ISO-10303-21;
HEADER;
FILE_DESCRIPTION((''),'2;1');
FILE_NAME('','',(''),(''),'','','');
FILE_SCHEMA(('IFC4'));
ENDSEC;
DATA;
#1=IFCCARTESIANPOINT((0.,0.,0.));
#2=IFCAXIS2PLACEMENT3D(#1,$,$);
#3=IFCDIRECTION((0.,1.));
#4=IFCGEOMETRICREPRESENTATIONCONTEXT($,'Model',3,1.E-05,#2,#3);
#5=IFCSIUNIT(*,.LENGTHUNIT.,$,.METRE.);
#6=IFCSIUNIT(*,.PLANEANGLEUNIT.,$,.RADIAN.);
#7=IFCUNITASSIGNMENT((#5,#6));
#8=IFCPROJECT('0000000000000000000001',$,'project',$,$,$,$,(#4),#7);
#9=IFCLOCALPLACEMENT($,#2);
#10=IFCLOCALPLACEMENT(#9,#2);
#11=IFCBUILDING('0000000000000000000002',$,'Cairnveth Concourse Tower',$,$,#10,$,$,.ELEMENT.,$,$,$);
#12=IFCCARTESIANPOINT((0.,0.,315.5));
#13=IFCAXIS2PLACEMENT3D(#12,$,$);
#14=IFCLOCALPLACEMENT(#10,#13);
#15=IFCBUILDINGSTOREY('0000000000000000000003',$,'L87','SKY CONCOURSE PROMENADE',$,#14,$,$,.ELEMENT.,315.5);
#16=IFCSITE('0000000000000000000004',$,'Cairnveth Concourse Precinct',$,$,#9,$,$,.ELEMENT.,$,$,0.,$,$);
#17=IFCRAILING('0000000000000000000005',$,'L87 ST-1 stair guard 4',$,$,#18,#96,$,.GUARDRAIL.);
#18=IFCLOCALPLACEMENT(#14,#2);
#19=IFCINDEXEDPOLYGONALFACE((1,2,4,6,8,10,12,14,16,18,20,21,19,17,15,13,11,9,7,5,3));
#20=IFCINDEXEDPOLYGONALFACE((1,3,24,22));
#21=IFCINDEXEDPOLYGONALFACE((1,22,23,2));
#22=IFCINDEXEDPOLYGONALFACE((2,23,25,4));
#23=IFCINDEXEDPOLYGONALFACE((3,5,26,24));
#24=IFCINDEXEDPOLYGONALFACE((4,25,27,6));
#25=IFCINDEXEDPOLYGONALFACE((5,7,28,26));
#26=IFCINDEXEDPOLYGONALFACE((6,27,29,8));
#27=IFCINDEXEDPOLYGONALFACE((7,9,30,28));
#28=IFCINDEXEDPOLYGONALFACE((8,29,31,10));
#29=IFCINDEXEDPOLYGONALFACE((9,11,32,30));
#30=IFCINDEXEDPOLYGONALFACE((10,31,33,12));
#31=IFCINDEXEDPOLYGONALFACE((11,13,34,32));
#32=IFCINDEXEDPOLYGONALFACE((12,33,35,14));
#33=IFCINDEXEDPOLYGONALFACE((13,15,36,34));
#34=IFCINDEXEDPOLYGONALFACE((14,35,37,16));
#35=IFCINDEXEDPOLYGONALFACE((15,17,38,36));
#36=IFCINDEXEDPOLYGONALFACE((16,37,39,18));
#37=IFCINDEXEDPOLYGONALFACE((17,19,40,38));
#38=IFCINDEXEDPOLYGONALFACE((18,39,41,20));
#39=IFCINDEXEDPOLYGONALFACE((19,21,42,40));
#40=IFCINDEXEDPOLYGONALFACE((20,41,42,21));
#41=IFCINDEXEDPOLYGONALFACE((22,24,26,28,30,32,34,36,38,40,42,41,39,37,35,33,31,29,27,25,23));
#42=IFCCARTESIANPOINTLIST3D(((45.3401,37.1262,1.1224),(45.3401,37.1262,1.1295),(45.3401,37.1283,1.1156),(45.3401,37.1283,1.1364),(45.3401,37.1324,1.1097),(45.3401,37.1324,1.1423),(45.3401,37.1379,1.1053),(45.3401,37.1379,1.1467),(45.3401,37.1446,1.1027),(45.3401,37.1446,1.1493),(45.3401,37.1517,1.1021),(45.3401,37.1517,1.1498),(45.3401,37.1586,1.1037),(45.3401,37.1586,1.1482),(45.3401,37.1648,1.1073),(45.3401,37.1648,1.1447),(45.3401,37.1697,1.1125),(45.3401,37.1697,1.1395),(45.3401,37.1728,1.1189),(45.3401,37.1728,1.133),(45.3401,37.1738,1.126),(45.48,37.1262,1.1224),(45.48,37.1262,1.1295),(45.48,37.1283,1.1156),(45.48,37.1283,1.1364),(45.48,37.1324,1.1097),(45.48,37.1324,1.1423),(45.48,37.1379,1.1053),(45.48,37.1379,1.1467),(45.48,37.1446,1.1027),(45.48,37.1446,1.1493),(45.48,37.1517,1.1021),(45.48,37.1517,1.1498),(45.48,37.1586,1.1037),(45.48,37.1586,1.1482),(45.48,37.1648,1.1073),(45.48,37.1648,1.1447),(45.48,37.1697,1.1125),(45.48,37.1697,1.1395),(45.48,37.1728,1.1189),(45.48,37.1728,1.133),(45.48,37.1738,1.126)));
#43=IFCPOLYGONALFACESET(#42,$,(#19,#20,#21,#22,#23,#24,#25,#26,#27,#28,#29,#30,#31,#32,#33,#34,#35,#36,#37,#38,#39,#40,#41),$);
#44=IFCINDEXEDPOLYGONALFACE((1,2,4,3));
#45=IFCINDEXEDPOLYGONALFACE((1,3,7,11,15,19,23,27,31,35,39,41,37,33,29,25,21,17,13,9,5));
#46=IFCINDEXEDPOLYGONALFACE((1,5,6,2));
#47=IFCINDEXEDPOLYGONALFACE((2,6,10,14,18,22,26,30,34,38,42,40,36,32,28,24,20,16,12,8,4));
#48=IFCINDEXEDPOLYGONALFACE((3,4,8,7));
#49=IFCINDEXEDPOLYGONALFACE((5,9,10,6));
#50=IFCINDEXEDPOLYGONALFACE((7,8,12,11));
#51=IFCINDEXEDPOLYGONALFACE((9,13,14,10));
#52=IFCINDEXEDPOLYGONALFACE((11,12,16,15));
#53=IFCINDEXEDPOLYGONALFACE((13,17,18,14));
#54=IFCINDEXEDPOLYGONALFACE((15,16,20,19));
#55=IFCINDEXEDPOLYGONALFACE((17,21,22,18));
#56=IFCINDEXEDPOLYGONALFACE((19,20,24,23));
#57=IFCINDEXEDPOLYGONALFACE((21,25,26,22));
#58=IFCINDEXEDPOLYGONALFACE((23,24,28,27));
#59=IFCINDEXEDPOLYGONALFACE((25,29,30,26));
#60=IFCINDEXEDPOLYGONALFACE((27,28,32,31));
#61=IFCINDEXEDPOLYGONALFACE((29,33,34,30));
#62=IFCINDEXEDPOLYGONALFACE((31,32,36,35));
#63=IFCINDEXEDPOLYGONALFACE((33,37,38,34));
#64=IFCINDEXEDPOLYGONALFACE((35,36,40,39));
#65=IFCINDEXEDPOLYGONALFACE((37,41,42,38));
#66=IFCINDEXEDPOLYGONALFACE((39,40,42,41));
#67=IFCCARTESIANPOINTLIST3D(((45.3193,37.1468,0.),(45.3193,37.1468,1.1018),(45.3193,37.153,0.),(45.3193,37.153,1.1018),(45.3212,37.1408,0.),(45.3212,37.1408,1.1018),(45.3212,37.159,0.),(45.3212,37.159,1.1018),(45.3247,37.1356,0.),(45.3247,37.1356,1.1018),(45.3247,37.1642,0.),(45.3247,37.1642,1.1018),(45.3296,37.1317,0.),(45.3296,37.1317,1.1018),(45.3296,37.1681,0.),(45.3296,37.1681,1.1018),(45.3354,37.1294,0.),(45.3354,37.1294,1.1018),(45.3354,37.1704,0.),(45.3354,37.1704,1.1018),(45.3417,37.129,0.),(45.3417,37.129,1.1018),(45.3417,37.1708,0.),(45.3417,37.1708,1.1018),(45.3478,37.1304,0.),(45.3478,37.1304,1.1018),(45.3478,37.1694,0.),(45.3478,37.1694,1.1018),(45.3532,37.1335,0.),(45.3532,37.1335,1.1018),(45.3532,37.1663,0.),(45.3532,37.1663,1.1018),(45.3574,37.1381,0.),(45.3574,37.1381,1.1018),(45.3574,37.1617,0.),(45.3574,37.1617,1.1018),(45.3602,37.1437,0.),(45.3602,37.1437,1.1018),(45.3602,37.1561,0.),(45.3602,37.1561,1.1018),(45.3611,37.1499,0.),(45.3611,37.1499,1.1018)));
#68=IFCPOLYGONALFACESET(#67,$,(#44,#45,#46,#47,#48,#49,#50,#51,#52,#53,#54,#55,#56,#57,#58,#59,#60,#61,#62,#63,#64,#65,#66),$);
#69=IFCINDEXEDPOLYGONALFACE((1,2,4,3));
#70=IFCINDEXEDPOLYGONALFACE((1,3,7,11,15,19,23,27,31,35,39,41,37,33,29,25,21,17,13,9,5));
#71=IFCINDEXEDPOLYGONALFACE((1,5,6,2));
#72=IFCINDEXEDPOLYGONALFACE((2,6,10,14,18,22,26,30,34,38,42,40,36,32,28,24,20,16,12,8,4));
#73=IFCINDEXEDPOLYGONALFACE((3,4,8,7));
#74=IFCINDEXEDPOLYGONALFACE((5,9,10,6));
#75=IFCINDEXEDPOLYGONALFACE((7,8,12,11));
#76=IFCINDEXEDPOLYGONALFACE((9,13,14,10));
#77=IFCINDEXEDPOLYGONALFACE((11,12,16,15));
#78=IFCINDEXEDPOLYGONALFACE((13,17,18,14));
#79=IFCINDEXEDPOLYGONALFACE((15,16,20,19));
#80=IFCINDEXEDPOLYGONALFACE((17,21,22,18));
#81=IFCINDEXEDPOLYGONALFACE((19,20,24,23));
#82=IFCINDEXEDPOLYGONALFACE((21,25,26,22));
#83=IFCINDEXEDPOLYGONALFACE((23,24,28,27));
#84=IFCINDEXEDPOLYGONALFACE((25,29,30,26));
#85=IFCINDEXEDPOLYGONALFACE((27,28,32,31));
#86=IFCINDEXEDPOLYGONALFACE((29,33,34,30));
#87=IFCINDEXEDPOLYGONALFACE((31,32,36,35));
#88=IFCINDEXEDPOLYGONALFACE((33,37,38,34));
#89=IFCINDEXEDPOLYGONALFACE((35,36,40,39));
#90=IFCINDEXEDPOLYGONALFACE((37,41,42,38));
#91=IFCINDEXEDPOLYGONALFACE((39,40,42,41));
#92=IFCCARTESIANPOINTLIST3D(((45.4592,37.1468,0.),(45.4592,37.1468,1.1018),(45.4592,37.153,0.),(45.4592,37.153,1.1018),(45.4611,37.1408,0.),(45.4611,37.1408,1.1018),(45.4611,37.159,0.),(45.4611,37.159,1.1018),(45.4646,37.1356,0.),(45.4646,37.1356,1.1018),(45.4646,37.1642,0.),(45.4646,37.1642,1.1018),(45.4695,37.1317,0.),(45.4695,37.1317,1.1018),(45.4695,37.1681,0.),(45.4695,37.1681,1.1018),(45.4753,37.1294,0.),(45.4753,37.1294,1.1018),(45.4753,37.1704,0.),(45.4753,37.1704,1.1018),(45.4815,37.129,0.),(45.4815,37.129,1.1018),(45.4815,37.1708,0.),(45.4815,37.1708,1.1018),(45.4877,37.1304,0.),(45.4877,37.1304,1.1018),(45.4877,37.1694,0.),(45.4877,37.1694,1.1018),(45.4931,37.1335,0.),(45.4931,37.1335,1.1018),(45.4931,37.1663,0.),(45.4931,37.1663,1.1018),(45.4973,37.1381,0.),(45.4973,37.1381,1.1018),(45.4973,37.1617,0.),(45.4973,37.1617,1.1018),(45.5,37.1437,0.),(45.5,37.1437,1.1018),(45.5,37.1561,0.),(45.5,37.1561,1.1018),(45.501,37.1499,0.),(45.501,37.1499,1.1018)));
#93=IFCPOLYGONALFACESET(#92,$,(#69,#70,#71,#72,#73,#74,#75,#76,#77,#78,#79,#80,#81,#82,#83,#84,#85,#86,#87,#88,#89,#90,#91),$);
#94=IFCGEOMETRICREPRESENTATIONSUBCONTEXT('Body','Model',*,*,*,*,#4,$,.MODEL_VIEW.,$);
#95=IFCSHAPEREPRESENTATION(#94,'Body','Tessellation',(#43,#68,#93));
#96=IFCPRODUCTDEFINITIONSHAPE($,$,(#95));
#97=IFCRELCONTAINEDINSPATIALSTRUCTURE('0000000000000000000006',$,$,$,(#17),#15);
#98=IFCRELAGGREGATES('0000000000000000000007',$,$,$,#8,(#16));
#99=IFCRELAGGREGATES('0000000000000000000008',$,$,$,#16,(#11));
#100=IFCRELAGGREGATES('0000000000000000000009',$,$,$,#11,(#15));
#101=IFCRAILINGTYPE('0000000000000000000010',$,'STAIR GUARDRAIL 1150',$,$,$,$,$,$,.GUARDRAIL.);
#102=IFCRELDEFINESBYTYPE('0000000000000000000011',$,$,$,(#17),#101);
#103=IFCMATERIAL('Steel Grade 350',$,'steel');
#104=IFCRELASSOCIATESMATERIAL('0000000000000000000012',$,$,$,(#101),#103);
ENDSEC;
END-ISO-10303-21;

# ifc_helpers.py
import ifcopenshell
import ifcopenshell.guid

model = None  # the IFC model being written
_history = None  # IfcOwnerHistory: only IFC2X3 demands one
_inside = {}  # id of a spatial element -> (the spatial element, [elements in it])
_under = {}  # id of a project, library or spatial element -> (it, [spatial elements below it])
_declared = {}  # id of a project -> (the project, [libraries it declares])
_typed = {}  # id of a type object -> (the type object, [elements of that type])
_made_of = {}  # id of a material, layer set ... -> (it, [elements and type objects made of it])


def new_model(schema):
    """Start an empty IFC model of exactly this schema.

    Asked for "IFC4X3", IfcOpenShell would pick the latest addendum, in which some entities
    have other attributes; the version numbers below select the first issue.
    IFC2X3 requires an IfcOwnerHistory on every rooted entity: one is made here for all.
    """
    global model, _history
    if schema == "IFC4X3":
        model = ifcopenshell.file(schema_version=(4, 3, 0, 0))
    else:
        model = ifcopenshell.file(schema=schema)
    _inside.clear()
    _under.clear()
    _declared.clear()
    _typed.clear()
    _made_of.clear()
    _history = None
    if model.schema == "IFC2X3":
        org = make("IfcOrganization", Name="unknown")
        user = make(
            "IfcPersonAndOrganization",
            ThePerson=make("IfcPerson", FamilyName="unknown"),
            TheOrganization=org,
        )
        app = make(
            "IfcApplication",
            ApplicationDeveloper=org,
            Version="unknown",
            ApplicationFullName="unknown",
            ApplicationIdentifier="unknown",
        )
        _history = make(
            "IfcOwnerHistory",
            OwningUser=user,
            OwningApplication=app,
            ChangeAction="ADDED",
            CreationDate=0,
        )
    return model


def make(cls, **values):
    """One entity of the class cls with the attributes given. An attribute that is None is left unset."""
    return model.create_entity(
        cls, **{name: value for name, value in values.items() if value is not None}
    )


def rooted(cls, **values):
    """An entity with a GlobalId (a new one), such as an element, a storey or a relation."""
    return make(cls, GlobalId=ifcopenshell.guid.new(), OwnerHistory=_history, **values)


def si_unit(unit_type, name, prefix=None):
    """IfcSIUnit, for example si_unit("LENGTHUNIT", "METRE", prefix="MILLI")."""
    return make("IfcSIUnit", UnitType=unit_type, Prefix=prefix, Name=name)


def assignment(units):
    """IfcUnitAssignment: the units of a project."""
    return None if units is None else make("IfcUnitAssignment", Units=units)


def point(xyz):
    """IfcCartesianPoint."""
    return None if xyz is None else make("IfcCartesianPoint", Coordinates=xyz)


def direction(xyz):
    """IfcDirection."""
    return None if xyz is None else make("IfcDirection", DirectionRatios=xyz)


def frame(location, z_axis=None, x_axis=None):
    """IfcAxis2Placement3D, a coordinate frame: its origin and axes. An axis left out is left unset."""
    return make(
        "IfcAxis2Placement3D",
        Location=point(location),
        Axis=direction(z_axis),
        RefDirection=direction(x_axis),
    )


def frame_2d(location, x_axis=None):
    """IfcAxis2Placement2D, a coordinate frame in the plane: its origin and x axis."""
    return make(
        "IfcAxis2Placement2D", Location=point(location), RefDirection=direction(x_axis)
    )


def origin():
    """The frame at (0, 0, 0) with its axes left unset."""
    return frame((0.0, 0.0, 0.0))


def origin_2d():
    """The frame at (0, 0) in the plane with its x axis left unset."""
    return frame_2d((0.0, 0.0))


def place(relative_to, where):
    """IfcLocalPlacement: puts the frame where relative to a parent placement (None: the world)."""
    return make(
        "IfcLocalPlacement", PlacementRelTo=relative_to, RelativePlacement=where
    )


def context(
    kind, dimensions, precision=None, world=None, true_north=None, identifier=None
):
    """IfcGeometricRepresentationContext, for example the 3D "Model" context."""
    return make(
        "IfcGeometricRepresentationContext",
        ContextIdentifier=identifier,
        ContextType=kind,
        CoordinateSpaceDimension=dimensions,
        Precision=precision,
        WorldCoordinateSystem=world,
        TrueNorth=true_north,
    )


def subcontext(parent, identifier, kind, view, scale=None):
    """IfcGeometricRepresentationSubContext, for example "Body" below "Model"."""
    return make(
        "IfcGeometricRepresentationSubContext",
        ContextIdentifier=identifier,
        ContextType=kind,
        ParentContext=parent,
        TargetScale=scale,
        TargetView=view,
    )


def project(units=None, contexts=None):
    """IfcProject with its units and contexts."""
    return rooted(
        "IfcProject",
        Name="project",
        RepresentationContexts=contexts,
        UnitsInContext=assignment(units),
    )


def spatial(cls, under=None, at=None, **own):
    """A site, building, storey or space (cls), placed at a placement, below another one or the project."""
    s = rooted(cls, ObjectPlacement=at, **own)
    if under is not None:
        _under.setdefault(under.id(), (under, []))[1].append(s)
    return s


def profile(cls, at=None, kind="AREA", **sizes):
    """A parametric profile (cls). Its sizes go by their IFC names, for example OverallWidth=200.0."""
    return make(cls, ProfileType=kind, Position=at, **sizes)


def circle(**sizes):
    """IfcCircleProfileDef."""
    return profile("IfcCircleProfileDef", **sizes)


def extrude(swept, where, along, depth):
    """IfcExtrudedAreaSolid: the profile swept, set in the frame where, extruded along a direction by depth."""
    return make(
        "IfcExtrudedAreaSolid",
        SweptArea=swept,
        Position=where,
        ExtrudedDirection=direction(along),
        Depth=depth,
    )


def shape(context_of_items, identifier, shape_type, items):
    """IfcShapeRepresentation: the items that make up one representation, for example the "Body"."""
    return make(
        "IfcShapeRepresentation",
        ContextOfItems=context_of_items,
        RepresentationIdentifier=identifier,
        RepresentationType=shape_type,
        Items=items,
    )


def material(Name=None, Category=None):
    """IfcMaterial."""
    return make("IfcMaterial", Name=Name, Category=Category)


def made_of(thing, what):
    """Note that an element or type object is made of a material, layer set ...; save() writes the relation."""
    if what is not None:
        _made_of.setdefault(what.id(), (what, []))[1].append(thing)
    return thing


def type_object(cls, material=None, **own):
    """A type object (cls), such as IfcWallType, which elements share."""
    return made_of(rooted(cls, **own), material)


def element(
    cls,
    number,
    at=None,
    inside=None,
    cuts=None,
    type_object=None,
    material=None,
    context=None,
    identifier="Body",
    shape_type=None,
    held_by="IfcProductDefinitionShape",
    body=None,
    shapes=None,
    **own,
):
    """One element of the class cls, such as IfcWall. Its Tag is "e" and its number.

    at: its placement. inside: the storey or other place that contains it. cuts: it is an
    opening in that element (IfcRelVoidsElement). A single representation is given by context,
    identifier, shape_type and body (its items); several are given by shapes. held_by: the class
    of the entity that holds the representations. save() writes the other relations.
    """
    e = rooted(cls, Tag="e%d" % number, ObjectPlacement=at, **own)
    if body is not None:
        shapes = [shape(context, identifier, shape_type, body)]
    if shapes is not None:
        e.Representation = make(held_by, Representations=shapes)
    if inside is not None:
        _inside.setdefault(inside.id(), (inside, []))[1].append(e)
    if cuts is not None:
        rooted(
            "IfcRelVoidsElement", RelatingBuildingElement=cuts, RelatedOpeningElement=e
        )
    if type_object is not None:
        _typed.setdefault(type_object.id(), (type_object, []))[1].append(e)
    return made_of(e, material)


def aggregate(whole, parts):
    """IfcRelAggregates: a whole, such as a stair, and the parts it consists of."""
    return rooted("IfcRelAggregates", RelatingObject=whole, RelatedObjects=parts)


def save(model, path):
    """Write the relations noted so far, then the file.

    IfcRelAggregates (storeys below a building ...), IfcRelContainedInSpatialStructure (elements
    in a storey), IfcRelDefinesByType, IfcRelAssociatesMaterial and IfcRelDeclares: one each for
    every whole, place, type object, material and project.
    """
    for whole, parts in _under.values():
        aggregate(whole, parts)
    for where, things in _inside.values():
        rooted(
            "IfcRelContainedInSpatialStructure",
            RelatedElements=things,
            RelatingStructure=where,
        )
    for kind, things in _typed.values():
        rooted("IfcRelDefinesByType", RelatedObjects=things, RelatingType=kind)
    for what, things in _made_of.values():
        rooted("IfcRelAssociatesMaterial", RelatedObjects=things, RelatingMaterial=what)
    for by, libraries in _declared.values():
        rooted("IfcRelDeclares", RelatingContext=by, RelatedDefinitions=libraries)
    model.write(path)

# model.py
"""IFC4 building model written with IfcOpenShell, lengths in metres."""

from ifc_helpers import new_model, si_unit, direction, frame, origin, origin_2d, place, context, subcontext, project, spatial, circle, extrude, material, type_object, element, save


model = new_model("IFC4")

# Units and contexts
model_context = context("Model", 3, precision=1e-05, world=origin(), true_north=direction((0.0, 1.0)))
body_context = subcontext(model_context, "Body", "Model", "MODEL_VIEW")
ifc_project = project(units=[si_unit("LENGTHUNIT", "METRE"), si_unit("PLANEANGLEUNIT", "RADIAN")], contexts=[model_context])

# Site, building, storey
site_placement = place(None, origin())
site = spatial("IfcSite", under=ifc_project, at=site_placement, Name="Cairnveth Concourse Precinct", CompositionType="ELEMENT", RefElevation=0.0)
building_placement = place(site_placement, origin())
building = spatial("IfcBuilding", under=site, at=building_placement, Name="Cairnveth Concourse Tower", CompositionType="ELEMENT")
storey_placement = place(building_placement, frame((0.0, 0.0, 315.5)))
storey = spatial("IfcBuildingStorey", under=building, at=storey_placement, Name="L87", Description="SKY CONCOURSE PROMENADE", CompositionType="ELEMENT", Elevation=315.5)

# Shared definitions
ifc_material_1 = material(Name="Steel Grade 350", Category="steel")

# Railing
railing_type = type_object("IfcRailingType", Name="STAIR GUARDRAIL 1150", PredefinedType="GUARDRAIL", material=ifc_material_1)
railing_1_placement = place(storey_placement, frame((45.3401, 37.1499, 0.0)))
element("IfcRailing", 1, at=railing_1_placement, inside=storey, type_object=railing_type, Name="L87 ST-1 stair guard 4", PredefinedType="GUARDRAIL", context=body_context, shape_type="SweptSolid", body=[
    extrude(circle(Radius=0.0239, at=origin_2d()), frame((0.0, 0.0, 1.126), z_axis=(1.0, 0.0, 0.0), x_axis=(0.0, 1.0, 0.0)), (0.0, 0.0, 1.0), 0.1399),
    extrude(circle(Radius=0.021, at=origin_2d()), origin(), (0.0, 0.0, 1.0), 1.1018),
    extrude(circle(Radius=0.021, at=origin_2d()), frame((0.1399, 0.0, 0.0)), (0.0, 0.0, 1.0), 1.1018),
])

save(model, "model.ifc")
